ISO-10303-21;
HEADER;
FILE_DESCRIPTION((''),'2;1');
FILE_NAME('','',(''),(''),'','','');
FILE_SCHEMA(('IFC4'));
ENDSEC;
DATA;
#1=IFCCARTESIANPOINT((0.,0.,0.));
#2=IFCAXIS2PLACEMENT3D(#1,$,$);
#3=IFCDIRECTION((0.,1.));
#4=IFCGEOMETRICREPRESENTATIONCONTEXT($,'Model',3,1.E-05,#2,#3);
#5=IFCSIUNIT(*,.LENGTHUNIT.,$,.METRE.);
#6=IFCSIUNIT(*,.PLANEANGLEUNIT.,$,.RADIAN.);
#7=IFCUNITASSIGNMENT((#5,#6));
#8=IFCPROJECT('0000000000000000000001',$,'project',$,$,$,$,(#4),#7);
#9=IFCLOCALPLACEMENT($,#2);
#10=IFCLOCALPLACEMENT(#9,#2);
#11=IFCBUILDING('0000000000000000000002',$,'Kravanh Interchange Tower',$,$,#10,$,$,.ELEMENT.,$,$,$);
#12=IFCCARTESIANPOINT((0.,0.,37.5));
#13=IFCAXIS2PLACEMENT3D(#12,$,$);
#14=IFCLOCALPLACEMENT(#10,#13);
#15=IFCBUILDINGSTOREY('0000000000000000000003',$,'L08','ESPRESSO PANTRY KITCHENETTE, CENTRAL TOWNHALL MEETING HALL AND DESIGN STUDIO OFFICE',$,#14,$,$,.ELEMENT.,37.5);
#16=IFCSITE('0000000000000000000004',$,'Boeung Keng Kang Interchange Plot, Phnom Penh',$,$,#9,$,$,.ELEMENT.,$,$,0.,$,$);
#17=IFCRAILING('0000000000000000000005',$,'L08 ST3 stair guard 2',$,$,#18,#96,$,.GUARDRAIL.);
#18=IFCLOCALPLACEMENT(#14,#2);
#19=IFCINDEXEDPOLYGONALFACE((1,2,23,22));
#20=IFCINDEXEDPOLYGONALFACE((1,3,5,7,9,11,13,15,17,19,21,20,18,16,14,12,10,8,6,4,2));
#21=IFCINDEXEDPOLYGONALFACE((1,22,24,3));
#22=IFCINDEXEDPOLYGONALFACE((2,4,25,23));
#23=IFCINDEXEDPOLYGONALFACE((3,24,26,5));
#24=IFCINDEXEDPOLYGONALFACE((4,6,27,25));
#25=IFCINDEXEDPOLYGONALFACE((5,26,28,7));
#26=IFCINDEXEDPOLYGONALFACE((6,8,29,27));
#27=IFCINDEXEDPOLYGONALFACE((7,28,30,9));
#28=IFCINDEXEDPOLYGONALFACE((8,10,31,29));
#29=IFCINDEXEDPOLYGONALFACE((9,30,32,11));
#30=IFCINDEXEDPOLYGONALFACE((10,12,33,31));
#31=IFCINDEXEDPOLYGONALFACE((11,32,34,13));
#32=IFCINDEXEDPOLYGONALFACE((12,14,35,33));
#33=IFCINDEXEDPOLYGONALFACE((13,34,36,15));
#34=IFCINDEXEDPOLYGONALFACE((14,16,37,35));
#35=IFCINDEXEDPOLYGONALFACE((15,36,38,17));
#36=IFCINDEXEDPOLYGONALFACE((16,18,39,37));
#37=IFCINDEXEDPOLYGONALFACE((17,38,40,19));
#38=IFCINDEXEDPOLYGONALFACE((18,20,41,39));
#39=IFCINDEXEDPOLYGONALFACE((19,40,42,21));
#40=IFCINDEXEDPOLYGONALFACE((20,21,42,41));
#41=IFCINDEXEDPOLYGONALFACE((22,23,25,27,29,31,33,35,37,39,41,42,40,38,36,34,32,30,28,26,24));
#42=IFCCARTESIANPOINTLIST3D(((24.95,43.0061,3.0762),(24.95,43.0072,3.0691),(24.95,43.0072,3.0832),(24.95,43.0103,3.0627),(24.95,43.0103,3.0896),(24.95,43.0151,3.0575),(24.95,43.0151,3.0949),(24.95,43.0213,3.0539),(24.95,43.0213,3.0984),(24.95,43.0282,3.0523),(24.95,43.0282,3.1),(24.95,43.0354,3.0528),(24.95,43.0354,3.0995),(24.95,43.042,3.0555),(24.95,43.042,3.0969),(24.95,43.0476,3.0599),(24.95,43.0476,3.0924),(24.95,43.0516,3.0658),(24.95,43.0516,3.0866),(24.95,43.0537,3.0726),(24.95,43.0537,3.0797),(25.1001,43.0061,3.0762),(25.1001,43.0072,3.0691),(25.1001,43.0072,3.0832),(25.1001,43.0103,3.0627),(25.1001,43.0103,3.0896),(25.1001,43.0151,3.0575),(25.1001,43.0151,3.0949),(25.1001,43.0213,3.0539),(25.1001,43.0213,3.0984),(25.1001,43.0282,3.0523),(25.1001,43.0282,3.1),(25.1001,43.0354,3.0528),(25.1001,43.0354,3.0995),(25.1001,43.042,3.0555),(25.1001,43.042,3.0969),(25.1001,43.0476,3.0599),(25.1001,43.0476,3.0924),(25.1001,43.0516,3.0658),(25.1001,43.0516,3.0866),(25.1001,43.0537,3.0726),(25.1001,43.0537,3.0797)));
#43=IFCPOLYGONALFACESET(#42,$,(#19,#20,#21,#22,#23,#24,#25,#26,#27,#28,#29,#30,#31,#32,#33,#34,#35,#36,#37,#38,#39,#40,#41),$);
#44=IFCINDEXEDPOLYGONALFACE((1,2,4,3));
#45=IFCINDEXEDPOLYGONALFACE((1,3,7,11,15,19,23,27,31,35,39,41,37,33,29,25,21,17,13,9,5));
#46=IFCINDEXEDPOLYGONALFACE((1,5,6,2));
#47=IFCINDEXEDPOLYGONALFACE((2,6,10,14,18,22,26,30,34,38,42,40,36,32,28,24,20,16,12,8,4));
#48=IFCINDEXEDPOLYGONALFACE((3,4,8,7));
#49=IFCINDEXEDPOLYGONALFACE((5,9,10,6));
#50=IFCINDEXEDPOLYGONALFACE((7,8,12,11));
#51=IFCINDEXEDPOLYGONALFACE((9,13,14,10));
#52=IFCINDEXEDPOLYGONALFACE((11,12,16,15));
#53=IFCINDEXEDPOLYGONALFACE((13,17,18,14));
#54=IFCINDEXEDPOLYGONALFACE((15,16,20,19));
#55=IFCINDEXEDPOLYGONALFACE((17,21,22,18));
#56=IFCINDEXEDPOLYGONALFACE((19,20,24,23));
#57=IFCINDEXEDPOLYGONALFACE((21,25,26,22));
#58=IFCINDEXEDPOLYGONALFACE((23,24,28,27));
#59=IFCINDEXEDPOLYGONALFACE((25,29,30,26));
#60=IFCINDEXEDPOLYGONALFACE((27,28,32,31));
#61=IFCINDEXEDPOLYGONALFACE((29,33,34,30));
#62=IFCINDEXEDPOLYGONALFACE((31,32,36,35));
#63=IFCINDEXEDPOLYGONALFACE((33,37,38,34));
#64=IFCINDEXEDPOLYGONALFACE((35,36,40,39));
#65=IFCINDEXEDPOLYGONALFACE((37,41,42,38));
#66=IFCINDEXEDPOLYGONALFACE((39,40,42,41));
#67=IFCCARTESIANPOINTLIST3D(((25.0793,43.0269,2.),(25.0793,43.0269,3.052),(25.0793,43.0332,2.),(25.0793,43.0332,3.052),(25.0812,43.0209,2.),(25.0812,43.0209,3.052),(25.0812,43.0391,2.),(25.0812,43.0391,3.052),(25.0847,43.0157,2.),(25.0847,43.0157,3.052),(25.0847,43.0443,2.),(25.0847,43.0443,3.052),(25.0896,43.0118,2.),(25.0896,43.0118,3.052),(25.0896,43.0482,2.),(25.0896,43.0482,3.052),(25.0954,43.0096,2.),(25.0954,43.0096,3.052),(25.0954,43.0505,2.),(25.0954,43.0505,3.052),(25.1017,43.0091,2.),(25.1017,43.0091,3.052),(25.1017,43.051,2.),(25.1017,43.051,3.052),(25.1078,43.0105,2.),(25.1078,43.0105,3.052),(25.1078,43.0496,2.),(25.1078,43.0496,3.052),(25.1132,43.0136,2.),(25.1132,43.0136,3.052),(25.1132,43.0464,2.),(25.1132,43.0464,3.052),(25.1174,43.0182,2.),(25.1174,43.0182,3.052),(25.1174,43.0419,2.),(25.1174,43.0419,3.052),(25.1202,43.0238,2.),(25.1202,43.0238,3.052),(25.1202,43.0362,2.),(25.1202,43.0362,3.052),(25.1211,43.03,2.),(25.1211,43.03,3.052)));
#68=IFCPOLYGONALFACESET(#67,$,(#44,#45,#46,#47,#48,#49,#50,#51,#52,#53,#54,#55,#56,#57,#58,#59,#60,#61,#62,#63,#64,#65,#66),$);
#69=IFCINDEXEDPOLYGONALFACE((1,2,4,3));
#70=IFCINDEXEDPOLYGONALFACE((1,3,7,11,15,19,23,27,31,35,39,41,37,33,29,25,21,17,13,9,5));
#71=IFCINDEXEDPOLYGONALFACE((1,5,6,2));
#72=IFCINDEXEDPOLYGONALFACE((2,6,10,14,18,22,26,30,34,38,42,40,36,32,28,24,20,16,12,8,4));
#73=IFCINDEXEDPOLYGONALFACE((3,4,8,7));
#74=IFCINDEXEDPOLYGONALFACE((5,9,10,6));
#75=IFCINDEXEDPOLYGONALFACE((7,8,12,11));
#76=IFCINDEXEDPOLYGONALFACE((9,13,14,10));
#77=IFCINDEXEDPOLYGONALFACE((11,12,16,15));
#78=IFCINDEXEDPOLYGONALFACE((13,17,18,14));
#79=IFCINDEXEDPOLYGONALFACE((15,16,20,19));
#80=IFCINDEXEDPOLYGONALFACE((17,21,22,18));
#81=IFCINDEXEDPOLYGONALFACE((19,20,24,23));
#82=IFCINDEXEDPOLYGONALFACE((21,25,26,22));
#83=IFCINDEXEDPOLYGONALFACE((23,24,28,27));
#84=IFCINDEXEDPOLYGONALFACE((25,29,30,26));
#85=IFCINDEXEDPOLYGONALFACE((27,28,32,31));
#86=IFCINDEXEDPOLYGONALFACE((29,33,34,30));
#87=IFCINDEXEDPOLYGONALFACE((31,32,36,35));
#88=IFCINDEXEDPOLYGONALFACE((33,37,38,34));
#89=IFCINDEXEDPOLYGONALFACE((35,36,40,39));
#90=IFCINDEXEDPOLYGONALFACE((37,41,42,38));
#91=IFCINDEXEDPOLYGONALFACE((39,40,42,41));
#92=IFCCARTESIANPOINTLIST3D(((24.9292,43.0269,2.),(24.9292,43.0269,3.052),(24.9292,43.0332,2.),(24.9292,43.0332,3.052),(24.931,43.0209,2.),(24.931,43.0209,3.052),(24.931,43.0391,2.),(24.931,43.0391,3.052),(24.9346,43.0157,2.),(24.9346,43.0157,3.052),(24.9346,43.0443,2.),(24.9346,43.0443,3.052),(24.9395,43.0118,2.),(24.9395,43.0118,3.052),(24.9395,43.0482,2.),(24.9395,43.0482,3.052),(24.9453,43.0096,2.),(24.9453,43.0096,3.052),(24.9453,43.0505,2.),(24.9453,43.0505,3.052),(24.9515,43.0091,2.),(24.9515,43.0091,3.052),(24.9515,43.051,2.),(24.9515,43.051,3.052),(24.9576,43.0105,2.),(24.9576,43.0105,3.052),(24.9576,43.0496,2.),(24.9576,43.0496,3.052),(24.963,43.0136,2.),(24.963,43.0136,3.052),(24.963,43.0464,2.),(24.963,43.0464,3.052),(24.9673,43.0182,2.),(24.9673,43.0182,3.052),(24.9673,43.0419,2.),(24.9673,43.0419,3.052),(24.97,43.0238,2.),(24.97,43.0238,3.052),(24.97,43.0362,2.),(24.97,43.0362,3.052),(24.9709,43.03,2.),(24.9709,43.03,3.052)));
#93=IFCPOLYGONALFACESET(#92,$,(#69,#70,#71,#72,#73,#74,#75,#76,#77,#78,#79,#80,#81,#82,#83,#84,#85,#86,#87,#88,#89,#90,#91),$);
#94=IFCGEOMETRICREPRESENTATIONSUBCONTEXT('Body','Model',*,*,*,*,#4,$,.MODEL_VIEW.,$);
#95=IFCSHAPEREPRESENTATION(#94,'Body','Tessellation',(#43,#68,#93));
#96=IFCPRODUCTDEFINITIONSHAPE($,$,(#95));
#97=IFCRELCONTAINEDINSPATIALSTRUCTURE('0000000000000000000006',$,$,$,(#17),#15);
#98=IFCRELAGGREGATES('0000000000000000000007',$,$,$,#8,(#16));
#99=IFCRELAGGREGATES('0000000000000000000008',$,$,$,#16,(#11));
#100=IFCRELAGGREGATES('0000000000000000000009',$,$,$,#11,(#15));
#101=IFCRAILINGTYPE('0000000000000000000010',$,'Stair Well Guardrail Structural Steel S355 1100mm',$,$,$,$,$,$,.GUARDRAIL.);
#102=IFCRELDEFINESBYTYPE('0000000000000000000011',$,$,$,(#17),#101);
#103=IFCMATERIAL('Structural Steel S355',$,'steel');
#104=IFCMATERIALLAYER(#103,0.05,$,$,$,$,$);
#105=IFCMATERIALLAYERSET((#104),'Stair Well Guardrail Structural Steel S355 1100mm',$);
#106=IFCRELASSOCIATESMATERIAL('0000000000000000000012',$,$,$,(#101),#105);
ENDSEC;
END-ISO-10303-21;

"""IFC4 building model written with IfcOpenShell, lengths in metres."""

from ifc_helpers import new_model, si_unit, direction, frame, origin, origin_2d, place, context, subcontext, project, spatial, circle, extrude, material, layer, layer_set, type_object, element, save


model = new_model("IFC4")

# Units and contexts
model_context = context("Model", 3, precision=1e-05, world=origin(), true_north=direction((0.0, 1.0)))
body_context = subcontext(model_context, "Body", "Model", "MODEL_VIEW")
ifc_project = project(units=[si_unit("LENGTHUNIT", "METRE"), si_unit("PLANEANGLEUNIT", "RADIAN")], contexts=[model_context])

# Site, building, storey
site_placement = place(None, origin())
site = spatial("IfcSite", under=ifc_project, at=site_placement, Name="Boeung Keng Kang Interchange Plot, Phnom Penh", CompositionType="ELEMENT", RefElevation=0.0)
building_placement = place(site_placement, origin())
building = spatial("IfcBuilding", under=site, at=building_placement, Name="Kravanh Interchange Tower", CompositionType="ELEMENT")
storey_placement = place(building_placement, frame((0.0, 0.0, 37.5)))
storey = spatial("IfcBuildingStorey", under=building, at=storey_placement, Name="L08", Description="ESPRESSO PANTRY KITCHENETTE, CENTRAL TOWNHALL MEETING HALL AND DESIGN STUDIO OFFICE", CompositionType="ELEMENT", Elevation=37.5)

# Railing
ifc_material_1 = material(Name="Structural Steel S355", Category="steel")
ifc_layer_1 = layer(ifc_material_1, 0.05)
ifc_layer_set_1 = layer_set([ifc_layer_1], Name="Stair Well Guardrail Structural Steel S355 1100mm")
railing_type_1 = type_object("IfcRailingType", Name="Stair Well Guardrail Structural Steel S355 1100mm", PredefinedType="GUARDRAIL", material=ifc_layer_set_1)
railing_1_placement = place(storey_placement, frame((25.1001, 43.03, 2.0)))
element("IfcRailing", 1, at=railing_1_placement, inside=storey, type_object=railing_type_1, Name="L08 ST3 stair guard 2", PredefinedType="GUARDRAIL", context=body_context, shape_type="SweptSolid", body=[
    extrude(circle(Radius=0.0239, at=origin_2d()), frame((0.0, 0.0, 1.0762), z_axis=(-1.0, 0.0, 0.0), x_axis=(0.0, -1.0, 0.0)), (0.0, 0.0, 1.0), 0.1501),
    extrude(circle(Radius=0.021, at=origin_2d()), origin(), (0.0, 0.0, 1.0), 1.052),
    extrude(circle(Radius=0.021, at=origin_2d()), frame((-0.1501, 0.0, 0.0)), (0.0, 0.0, 1.0), 1.052),
])

save(model, "model.ifc")
